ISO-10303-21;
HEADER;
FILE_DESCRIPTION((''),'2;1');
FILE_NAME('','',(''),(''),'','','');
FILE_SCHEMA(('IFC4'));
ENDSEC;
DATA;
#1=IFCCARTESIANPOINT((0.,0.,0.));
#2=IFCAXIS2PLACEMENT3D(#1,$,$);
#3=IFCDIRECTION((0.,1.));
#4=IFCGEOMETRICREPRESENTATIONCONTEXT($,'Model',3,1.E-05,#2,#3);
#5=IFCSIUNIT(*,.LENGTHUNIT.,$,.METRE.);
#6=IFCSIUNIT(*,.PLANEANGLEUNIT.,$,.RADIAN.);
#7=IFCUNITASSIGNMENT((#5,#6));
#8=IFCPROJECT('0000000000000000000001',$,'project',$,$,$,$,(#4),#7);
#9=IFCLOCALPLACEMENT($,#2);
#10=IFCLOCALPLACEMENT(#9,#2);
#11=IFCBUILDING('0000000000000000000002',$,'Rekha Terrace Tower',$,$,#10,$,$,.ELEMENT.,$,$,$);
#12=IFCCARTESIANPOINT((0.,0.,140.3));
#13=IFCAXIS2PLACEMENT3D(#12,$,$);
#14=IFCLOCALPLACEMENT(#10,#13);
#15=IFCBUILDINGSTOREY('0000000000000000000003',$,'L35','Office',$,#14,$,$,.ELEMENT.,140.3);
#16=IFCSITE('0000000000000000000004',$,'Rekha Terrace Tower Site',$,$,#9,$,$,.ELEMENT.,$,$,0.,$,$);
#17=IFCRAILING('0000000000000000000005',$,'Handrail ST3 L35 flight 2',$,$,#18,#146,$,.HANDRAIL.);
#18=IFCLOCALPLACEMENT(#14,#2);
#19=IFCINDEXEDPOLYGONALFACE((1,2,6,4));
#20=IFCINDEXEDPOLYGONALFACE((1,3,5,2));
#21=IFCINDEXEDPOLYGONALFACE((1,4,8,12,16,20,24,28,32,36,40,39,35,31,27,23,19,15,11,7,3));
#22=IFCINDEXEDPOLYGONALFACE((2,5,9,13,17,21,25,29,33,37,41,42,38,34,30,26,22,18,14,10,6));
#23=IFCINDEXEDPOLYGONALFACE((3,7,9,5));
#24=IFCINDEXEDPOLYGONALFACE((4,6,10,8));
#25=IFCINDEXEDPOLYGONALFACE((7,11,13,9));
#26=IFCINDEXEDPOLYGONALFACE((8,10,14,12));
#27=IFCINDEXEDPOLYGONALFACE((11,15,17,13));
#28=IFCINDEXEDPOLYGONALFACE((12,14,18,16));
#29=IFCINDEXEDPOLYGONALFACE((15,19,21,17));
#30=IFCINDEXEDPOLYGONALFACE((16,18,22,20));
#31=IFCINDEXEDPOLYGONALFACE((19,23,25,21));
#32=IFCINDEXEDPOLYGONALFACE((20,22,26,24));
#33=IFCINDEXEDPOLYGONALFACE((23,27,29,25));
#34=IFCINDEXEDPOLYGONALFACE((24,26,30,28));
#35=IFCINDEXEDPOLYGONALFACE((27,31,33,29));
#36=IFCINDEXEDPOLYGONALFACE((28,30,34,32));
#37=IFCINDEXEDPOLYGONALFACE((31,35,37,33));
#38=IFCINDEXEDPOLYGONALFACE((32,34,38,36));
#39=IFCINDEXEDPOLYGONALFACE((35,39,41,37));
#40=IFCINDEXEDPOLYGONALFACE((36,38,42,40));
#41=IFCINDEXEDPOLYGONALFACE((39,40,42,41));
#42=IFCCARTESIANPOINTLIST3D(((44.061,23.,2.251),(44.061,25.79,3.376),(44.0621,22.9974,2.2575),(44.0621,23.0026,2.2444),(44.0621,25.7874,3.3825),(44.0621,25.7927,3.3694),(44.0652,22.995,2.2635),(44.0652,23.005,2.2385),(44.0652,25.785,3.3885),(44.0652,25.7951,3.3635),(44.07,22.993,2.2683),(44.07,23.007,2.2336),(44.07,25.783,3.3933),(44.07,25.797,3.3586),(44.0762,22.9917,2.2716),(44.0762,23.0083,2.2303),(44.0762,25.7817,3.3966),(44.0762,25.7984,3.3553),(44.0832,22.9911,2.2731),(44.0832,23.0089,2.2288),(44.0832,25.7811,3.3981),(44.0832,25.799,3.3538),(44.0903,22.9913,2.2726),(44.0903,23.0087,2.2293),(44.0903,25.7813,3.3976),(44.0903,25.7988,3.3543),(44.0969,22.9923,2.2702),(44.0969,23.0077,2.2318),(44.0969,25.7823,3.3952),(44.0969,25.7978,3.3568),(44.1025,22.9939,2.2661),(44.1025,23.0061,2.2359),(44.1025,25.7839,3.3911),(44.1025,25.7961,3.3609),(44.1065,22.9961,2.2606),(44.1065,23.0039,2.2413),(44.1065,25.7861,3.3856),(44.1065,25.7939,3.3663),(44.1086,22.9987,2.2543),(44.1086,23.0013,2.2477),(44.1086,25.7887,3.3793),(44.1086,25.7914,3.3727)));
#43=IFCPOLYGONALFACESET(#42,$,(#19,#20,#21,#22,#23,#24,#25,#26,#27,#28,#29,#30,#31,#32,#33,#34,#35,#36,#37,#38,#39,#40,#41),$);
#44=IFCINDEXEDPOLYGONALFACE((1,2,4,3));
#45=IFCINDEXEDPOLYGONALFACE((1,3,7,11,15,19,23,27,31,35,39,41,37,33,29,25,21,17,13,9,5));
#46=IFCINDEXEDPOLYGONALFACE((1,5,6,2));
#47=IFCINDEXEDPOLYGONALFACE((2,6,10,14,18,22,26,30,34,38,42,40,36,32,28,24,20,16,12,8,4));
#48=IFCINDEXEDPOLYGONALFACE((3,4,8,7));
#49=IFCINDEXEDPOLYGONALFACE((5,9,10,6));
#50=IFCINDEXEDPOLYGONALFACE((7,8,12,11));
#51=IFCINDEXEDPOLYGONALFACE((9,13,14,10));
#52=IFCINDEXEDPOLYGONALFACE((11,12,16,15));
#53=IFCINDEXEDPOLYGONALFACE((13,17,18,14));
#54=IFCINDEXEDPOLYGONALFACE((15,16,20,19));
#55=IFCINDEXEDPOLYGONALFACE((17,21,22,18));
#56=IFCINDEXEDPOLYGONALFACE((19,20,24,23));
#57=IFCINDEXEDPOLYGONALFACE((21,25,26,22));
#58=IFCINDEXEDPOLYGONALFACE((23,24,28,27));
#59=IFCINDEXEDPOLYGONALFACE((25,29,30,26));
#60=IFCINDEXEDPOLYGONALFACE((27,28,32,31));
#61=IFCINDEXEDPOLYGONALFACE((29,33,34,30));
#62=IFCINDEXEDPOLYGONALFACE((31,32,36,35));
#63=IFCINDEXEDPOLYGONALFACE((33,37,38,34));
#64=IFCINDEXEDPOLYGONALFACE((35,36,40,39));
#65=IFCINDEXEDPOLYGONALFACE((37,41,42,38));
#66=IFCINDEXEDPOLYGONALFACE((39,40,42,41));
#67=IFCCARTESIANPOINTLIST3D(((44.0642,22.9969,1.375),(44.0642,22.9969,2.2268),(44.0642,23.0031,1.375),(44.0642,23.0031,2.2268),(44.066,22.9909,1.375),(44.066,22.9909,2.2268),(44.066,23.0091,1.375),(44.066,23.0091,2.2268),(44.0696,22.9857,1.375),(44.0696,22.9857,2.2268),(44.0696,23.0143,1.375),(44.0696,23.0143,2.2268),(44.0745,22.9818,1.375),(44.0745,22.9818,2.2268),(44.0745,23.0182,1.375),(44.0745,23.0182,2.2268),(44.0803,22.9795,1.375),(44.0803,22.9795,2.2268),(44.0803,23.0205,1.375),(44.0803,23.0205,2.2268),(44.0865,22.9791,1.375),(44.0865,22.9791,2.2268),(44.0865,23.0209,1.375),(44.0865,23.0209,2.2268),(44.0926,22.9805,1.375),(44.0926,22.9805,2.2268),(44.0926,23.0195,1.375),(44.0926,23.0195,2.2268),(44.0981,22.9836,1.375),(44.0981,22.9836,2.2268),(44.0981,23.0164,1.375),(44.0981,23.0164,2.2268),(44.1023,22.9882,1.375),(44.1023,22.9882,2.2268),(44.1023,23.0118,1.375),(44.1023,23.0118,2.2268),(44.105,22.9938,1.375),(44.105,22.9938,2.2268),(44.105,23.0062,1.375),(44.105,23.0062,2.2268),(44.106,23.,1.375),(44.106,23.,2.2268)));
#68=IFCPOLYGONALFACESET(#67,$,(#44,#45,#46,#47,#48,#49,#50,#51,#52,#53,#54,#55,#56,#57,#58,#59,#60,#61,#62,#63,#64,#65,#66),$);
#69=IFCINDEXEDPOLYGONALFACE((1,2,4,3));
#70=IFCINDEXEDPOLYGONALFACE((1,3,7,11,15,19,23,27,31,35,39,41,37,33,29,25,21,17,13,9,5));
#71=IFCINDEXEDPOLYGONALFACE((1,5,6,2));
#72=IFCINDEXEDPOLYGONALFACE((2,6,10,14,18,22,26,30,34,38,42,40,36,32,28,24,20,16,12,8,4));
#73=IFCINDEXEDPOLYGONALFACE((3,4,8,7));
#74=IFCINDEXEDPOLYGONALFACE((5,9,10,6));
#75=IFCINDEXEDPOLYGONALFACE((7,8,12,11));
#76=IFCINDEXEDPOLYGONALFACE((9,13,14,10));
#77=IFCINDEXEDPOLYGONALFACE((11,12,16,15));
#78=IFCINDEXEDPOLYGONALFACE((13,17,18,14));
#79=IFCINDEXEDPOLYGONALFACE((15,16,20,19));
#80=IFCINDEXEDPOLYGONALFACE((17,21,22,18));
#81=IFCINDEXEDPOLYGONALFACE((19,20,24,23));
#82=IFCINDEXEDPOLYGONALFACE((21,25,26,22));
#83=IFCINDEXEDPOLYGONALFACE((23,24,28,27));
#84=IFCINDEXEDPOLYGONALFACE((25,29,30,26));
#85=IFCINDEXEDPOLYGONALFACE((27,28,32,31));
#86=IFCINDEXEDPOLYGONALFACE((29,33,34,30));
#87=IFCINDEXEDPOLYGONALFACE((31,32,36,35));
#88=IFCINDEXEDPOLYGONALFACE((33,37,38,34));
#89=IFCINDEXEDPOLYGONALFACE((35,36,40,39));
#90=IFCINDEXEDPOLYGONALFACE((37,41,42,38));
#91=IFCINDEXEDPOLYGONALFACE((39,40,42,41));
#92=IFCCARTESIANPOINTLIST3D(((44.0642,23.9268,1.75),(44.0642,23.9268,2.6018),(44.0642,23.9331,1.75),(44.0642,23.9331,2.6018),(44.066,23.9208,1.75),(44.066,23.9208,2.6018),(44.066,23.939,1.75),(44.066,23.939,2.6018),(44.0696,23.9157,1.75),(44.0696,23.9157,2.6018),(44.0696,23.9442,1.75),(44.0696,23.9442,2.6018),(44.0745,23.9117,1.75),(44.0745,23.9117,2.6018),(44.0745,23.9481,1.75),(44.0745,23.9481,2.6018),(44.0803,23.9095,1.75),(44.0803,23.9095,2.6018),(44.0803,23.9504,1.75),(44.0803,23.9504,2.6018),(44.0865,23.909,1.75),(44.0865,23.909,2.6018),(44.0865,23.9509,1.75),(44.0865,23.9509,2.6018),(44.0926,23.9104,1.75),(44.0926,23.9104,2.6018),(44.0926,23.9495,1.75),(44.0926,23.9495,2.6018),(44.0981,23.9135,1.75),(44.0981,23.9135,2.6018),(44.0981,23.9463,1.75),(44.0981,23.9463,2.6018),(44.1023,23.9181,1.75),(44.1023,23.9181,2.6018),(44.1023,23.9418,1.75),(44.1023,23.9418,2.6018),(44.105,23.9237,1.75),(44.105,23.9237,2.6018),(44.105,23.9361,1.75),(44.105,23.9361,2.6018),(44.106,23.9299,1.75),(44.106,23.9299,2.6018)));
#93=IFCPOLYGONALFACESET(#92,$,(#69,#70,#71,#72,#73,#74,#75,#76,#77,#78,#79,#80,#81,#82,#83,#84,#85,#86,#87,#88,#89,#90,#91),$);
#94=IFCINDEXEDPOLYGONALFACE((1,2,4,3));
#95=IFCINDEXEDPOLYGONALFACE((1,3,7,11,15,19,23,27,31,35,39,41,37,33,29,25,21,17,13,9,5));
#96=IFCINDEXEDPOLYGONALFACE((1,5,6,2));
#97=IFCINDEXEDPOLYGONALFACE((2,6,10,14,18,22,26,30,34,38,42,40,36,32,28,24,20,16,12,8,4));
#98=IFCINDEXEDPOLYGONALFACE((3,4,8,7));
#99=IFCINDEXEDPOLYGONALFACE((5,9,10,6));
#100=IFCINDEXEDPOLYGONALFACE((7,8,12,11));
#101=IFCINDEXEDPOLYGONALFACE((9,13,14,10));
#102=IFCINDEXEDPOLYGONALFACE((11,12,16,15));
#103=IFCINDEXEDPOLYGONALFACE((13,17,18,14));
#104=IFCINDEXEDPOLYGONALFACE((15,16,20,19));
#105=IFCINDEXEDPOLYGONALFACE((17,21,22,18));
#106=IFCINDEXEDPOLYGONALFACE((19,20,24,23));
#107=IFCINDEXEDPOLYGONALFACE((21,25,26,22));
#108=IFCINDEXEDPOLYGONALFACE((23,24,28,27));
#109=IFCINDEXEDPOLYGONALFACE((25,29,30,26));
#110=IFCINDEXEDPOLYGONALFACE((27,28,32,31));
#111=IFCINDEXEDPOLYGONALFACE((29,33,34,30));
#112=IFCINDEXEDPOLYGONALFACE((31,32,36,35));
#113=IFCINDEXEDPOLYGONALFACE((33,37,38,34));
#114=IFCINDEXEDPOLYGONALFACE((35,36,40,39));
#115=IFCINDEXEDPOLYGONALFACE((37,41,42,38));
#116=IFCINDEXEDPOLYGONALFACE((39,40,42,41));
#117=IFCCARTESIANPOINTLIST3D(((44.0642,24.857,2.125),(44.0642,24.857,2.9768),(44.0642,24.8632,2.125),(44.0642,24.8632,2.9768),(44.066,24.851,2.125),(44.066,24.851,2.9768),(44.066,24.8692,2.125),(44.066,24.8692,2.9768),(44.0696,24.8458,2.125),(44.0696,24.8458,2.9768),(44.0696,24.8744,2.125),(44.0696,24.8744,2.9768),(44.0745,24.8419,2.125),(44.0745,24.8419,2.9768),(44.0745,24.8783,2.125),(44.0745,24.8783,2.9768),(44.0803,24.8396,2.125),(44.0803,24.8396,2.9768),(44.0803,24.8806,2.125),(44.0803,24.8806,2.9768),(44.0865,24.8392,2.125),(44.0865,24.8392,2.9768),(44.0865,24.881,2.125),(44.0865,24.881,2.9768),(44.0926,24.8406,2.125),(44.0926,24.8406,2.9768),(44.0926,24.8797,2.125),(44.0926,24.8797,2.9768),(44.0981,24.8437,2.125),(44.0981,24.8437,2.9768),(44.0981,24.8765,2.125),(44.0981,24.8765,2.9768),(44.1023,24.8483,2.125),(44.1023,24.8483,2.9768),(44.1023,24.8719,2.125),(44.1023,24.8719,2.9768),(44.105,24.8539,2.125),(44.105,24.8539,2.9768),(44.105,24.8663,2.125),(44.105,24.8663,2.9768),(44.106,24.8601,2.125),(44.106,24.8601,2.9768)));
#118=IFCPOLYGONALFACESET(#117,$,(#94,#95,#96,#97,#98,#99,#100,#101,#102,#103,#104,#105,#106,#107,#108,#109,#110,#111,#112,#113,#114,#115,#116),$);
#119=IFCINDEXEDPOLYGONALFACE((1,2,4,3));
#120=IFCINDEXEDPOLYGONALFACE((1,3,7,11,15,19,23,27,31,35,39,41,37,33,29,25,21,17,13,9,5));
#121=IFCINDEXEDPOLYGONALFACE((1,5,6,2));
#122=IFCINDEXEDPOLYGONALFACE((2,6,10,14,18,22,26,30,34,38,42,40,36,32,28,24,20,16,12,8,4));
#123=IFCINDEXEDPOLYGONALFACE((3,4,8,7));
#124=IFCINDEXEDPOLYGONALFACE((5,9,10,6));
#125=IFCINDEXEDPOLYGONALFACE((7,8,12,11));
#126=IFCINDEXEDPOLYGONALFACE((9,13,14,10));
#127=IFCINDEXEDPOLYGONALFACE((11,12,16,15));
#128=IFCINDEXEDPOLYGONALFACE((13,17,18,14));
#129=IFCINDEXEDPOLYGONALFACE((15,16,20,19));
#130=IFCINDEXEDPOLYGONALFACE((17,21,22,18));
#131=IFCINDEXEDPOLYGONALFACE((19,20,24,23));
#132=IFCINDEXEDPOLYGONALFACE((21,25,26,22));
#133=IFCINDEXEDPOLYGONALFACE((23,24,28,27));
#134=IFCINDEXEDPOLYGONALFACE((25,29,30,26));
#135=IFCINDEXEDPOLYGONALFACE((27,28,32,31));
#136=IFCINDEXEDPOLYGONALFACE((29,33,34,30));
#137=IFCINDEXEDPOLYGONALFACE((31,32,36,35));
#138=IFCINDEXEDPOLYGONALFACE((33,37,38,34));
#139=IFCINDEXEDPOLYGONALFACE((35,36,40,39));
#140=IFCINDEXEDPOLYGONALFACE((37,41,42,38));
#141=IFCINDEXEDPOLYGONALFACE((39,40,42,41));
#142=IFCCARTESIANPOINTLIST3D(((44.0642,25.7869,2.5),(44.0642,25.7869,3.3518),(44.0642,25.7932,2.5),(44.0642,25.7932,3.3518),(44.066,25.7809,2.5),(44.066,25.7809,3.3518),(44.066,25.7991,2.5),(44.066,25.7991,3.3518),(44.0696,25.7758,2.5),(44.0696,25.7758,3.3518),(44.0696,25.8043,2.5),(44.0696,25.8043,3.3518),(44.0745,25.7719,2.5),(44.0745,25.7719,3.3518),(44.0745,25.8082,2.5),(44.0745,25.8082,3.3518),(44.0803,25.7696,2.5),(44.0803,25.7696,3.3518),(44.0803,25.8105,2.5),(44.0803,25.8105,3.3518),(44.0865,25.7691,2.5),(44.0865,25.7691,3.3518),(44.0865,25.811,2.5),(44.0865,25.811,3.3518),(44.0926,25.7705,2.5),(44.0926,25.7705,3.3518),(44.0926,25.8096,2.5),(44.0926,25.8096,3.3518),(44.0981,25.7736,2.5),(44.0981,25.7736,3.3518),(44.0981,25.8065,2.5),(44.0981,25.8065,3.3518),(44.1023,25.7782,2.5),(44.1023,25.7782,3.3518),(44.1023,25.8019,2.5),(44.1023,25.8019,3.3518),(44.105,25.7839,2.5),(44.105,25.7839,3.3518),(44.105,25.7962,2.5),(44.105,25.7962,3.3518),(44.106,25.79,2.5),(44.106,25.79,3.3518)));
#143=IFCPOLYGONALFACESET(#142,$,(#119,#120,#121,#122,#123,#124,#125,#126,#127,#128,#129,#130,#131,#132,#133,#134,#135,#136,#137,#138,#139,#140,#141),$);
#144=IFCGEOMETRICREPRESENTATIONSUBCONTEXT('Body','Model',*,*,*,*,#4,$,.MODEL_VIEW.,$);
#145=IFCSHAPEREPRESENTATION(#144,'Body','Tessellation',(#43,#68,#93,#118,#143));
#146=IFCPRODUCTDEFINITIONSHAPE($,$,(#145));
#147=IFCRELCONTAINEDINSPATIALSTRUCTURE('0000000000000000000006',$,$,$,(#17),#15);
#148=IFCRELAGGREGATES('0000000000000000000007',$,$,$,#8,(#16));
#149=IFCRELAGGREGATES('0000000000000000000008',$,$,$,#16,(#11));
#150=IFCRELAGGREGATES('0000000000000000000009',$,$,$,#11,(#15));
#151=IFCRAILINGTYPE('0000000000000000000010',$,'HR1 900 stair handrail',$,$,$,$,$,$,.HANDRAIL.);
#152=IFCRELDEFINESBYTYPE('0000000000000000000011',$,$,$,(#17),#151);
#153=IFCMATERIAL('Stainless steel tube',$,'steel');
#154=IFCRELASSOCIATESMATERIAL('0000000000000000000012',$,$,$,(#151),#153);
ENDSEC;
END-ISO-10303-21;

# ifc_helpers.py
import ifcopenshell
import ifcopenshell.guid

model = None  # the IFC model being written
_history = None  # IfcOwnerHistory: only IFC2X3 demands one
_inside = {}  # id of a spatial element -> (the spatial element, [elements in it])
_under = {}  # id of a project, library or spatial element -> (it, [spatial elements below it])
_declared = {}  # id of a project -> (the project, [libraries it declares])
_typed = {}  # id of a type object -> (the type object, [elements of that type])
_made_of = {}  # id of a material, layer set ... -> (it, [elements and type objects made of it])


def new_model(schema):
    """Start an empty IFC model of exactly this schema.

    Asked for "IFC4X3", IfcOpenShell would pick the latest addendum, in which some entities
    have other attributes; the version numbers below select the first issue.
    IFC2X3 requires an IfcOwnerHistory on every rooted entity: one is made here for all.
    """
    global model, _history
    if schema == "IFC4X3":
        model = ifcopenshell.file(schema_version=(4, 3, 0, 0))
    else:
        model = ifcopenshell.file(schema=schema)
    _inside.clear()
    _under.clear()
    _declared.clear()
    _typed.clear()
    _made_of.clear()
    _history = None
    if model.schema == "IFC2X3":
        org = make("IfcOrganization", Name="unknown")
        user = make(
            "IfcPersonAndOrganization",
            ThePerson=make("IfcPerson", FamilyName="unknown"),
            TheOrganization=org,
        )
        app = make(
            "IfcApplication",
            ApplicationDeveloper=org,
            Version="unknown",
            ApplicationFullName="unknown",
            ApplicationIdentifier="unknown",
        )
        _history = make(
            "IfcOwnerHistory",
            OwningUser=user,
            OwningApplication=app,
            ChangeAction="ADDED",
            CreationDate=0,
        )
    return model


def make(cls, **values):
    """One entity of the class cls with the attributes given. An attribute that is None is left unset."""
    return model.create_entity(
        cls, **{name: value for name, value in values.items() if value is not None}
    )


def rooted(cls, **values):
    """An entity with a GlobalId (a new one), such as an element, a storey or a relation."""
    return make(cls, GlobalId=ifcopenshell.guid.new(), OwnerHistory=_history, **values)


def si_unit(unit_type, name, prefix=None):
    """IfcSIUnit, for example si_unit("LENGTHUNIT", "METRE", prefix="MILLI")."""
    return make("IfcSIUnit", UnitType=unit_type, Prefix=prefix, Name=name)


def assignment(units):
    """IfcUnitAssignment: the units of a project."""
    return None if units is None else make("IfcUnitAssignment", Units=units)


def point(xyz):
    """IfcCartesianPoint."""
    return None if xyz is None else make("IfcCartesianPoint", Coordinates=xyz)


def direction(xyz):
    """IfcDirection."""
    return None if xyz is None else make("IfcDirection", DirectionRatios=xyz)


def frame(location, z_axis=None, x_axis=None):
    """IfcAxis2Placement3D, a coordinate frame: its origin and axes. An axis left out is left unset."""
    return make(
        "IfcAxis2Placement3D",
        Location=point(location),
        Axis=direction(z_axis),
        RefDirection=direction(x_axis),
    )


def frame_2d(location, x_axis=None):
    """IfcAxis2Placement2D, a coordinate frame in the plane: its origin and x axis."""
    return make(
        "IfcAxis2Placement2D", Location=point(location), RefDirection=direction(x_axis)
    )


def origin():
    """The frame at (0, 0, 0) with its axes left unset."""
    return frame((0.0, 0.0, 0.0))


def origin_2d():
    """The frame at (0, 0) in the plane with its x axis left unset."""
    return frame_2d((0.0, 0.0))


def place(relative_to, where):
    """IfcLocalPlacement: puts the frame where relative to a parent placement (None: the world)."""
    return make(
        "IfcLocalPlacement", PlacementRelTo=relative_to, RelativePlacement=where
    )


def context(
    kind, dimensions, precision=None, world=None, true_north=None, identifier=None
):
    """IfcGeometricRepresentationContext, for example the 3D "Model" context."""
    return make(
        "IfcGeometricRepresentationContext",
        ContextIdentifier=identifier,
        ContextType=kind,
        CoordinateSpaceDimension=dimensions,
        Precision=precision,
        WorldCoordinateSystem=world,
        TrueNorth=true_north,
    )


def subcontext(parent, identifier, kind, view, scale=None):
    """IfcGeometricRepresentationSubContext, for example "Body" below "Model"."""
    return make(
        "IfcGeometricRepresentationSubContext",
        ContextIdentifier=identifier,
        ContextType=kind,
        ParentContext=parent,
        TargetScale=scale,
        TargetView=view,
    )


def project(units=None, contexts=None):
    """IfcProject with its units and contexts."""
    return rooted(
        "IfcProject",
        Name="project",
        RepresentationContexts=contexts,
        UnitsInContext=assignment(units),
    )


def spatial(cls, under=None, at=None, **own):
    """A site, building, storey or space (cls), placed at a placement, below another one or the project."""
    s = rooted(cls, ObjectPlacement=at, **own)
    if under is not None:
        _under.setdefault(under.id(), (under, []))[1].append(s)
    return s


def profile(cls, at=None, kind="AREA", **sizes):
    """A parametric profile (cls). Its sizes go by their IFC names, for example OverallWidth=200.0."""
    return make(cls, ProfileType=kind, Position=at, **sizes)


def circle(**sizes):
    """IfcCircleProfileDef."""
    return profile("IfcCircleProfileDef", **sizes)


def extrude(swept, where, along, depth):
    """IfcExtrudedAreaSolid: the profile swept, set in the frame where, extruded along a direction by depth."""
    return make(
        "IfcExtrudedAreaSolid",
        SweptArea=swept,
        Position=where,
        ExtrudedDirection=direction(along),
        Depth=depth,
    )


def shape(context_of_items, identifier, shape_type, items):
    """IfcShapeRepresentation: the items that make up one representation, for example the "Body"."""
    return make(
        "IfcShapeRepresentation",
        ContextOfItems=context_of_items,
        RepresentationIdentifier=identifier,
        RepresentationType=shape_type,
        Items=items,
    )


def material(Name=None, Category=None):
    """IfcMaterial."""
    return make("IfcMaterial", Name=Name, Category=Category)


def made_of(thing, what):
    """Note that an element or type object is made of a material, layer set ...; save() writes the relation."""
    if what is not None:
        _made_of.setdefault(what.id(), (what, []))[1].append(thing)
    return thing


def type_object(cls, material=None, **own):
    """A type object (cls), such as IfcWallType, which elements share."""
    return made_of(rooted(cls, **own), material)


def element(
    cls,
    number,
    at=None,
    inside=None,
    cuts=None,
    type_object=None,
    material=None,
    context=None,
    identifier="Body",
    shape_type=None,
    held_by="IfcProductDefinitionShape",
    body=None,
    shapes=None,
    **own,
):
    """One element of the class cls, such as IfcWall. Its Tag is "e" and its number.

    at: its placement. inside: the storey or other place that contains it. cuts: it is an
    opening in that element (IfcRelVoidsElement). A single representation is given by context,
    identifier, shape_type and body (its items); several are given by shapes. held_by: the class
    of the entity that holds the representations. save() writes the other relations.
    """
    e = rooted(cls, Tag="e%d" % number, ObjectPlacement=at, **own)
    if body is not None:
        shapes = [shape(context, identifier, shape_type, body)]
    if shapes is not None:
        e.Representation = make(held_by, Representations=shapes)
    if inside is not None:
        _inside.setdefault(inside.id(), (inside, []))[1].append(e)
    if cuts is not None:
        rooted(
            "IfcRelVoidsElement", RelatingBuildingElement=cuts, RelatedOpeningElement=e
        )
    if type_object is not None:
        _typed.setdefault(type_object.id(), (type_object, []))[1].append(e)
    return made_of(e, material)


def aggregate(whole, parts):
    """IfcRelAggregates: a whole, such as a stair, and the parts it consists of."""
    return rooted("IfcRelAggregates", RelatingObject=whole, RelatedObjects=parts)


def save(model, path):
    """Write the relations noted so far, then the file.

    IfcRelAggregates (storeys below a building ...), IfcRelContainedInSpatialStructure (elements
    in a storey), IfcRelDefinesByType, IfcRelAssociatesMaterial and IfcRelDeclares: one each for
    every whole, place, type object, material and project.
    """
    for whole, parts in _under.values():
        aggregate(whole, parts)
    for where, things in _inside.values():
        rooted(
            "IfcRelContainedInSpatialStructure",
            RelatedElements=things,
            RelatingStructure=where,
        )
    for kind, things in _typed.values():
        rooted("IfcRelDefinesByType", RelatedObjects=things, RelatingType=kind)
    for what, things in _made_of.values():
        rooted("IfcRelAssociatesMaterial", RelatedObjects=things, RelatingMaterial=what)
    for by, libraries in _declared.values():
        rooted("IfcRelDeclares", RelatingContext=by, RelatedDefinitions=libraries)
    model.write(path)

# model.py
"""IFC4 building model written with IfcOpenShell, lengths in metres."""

from ifc_helpers import new_model, si_unit, direction, frame, origin, origin_2d, place, context, subcontext, project, spatial, circle, extrude, material, type_object, element, save


model = new_model("IFC4")

# Units and contexts
model_context = context("Model", 3, precision=1e-05, world=origin(), true_north=direction((0.0, 1.0)))
body_context = subcontext(model_context, "Body", "Model", "MODEL_VIEW")
ifc_project = project(units=[si_unit("LENGTHUNIT", "METRE"), si_unit("PLANEANGLEUNIT", "RADIAN")], contexts=[model_context])

# Site, building, storey
site_placement = place(None, origin())
site = spatial("IfcSite", under=ifc_project, at=site_placement, Name="Rekha Terrace Tower Site", CompositionType="ELEMENT", RefElevation=0.0)
building_placement = place(site_placement, origin())
building = spatial("IfcBuilding", under=site, at=building_placement, Name="Rekha Terrace Tower", CompositionType="ELEMENT")
storey_placement = place(building_placement, frame((0.0, 0.0, 140.3)))
storey = spatial("IfcBuildingStorey", under=building, at=storey_placement, Name="L35", Description="Office", CompositionType="ELEMENT", Elevation=140.3)

# Railing
ifc_material_1 = material(Name="Stainless steel tube", Category="steel")
railing_type_1 = type_object("IfcRailingType", Name="HR1 900 stair handrail", PredefinedType="HANDRAIL", material=ifc_material_1)
railing_1_placement = place(storey_placement, frame((44.085, 23.0, 1.375)))
element("IfcRailing", 1, at=railing_1_placement, inside=storey, type_object=railing_type_1, Name="Handrail ST3 L35 flight 2", PredefinedType="HANDRAIL", context=body_context, shape_type="SweptSolid", body=[
    extrude(circle(Radius=0.0239, at=origin_2d()), frame((0.0, 0.0, 0.876), z_axis=(0.0, 0.927443, 0.373964), x_axis=(-1.0, 0.0, 0.0)), (0.0, 0.0, 1.0), 3.0083),
    extrude(circle(Radius=0.021, at=origin_2d()), origin(), (0.0, 0.0, 1.0), 0.8518),
    extrude(circle(Radius=0.021, at=origin_2d()), frame((0.0, 0.9299, 0.375)), (0.0, 0.0, 1.0), 0.8518),
    extrude(circle(Radius=0.021, at=origin_2d()), frame((0.0, 1.8601, 0.75)), (0.0, 0.0, 1.0), 0.8518),
    extrude(circle(Radius=0.021, at=origin_2d()), frame((0.0, 2.79, 1.125)), (0.0, 0.0, 1.0), 0.8518),
])

save(model, "model.ifc")
